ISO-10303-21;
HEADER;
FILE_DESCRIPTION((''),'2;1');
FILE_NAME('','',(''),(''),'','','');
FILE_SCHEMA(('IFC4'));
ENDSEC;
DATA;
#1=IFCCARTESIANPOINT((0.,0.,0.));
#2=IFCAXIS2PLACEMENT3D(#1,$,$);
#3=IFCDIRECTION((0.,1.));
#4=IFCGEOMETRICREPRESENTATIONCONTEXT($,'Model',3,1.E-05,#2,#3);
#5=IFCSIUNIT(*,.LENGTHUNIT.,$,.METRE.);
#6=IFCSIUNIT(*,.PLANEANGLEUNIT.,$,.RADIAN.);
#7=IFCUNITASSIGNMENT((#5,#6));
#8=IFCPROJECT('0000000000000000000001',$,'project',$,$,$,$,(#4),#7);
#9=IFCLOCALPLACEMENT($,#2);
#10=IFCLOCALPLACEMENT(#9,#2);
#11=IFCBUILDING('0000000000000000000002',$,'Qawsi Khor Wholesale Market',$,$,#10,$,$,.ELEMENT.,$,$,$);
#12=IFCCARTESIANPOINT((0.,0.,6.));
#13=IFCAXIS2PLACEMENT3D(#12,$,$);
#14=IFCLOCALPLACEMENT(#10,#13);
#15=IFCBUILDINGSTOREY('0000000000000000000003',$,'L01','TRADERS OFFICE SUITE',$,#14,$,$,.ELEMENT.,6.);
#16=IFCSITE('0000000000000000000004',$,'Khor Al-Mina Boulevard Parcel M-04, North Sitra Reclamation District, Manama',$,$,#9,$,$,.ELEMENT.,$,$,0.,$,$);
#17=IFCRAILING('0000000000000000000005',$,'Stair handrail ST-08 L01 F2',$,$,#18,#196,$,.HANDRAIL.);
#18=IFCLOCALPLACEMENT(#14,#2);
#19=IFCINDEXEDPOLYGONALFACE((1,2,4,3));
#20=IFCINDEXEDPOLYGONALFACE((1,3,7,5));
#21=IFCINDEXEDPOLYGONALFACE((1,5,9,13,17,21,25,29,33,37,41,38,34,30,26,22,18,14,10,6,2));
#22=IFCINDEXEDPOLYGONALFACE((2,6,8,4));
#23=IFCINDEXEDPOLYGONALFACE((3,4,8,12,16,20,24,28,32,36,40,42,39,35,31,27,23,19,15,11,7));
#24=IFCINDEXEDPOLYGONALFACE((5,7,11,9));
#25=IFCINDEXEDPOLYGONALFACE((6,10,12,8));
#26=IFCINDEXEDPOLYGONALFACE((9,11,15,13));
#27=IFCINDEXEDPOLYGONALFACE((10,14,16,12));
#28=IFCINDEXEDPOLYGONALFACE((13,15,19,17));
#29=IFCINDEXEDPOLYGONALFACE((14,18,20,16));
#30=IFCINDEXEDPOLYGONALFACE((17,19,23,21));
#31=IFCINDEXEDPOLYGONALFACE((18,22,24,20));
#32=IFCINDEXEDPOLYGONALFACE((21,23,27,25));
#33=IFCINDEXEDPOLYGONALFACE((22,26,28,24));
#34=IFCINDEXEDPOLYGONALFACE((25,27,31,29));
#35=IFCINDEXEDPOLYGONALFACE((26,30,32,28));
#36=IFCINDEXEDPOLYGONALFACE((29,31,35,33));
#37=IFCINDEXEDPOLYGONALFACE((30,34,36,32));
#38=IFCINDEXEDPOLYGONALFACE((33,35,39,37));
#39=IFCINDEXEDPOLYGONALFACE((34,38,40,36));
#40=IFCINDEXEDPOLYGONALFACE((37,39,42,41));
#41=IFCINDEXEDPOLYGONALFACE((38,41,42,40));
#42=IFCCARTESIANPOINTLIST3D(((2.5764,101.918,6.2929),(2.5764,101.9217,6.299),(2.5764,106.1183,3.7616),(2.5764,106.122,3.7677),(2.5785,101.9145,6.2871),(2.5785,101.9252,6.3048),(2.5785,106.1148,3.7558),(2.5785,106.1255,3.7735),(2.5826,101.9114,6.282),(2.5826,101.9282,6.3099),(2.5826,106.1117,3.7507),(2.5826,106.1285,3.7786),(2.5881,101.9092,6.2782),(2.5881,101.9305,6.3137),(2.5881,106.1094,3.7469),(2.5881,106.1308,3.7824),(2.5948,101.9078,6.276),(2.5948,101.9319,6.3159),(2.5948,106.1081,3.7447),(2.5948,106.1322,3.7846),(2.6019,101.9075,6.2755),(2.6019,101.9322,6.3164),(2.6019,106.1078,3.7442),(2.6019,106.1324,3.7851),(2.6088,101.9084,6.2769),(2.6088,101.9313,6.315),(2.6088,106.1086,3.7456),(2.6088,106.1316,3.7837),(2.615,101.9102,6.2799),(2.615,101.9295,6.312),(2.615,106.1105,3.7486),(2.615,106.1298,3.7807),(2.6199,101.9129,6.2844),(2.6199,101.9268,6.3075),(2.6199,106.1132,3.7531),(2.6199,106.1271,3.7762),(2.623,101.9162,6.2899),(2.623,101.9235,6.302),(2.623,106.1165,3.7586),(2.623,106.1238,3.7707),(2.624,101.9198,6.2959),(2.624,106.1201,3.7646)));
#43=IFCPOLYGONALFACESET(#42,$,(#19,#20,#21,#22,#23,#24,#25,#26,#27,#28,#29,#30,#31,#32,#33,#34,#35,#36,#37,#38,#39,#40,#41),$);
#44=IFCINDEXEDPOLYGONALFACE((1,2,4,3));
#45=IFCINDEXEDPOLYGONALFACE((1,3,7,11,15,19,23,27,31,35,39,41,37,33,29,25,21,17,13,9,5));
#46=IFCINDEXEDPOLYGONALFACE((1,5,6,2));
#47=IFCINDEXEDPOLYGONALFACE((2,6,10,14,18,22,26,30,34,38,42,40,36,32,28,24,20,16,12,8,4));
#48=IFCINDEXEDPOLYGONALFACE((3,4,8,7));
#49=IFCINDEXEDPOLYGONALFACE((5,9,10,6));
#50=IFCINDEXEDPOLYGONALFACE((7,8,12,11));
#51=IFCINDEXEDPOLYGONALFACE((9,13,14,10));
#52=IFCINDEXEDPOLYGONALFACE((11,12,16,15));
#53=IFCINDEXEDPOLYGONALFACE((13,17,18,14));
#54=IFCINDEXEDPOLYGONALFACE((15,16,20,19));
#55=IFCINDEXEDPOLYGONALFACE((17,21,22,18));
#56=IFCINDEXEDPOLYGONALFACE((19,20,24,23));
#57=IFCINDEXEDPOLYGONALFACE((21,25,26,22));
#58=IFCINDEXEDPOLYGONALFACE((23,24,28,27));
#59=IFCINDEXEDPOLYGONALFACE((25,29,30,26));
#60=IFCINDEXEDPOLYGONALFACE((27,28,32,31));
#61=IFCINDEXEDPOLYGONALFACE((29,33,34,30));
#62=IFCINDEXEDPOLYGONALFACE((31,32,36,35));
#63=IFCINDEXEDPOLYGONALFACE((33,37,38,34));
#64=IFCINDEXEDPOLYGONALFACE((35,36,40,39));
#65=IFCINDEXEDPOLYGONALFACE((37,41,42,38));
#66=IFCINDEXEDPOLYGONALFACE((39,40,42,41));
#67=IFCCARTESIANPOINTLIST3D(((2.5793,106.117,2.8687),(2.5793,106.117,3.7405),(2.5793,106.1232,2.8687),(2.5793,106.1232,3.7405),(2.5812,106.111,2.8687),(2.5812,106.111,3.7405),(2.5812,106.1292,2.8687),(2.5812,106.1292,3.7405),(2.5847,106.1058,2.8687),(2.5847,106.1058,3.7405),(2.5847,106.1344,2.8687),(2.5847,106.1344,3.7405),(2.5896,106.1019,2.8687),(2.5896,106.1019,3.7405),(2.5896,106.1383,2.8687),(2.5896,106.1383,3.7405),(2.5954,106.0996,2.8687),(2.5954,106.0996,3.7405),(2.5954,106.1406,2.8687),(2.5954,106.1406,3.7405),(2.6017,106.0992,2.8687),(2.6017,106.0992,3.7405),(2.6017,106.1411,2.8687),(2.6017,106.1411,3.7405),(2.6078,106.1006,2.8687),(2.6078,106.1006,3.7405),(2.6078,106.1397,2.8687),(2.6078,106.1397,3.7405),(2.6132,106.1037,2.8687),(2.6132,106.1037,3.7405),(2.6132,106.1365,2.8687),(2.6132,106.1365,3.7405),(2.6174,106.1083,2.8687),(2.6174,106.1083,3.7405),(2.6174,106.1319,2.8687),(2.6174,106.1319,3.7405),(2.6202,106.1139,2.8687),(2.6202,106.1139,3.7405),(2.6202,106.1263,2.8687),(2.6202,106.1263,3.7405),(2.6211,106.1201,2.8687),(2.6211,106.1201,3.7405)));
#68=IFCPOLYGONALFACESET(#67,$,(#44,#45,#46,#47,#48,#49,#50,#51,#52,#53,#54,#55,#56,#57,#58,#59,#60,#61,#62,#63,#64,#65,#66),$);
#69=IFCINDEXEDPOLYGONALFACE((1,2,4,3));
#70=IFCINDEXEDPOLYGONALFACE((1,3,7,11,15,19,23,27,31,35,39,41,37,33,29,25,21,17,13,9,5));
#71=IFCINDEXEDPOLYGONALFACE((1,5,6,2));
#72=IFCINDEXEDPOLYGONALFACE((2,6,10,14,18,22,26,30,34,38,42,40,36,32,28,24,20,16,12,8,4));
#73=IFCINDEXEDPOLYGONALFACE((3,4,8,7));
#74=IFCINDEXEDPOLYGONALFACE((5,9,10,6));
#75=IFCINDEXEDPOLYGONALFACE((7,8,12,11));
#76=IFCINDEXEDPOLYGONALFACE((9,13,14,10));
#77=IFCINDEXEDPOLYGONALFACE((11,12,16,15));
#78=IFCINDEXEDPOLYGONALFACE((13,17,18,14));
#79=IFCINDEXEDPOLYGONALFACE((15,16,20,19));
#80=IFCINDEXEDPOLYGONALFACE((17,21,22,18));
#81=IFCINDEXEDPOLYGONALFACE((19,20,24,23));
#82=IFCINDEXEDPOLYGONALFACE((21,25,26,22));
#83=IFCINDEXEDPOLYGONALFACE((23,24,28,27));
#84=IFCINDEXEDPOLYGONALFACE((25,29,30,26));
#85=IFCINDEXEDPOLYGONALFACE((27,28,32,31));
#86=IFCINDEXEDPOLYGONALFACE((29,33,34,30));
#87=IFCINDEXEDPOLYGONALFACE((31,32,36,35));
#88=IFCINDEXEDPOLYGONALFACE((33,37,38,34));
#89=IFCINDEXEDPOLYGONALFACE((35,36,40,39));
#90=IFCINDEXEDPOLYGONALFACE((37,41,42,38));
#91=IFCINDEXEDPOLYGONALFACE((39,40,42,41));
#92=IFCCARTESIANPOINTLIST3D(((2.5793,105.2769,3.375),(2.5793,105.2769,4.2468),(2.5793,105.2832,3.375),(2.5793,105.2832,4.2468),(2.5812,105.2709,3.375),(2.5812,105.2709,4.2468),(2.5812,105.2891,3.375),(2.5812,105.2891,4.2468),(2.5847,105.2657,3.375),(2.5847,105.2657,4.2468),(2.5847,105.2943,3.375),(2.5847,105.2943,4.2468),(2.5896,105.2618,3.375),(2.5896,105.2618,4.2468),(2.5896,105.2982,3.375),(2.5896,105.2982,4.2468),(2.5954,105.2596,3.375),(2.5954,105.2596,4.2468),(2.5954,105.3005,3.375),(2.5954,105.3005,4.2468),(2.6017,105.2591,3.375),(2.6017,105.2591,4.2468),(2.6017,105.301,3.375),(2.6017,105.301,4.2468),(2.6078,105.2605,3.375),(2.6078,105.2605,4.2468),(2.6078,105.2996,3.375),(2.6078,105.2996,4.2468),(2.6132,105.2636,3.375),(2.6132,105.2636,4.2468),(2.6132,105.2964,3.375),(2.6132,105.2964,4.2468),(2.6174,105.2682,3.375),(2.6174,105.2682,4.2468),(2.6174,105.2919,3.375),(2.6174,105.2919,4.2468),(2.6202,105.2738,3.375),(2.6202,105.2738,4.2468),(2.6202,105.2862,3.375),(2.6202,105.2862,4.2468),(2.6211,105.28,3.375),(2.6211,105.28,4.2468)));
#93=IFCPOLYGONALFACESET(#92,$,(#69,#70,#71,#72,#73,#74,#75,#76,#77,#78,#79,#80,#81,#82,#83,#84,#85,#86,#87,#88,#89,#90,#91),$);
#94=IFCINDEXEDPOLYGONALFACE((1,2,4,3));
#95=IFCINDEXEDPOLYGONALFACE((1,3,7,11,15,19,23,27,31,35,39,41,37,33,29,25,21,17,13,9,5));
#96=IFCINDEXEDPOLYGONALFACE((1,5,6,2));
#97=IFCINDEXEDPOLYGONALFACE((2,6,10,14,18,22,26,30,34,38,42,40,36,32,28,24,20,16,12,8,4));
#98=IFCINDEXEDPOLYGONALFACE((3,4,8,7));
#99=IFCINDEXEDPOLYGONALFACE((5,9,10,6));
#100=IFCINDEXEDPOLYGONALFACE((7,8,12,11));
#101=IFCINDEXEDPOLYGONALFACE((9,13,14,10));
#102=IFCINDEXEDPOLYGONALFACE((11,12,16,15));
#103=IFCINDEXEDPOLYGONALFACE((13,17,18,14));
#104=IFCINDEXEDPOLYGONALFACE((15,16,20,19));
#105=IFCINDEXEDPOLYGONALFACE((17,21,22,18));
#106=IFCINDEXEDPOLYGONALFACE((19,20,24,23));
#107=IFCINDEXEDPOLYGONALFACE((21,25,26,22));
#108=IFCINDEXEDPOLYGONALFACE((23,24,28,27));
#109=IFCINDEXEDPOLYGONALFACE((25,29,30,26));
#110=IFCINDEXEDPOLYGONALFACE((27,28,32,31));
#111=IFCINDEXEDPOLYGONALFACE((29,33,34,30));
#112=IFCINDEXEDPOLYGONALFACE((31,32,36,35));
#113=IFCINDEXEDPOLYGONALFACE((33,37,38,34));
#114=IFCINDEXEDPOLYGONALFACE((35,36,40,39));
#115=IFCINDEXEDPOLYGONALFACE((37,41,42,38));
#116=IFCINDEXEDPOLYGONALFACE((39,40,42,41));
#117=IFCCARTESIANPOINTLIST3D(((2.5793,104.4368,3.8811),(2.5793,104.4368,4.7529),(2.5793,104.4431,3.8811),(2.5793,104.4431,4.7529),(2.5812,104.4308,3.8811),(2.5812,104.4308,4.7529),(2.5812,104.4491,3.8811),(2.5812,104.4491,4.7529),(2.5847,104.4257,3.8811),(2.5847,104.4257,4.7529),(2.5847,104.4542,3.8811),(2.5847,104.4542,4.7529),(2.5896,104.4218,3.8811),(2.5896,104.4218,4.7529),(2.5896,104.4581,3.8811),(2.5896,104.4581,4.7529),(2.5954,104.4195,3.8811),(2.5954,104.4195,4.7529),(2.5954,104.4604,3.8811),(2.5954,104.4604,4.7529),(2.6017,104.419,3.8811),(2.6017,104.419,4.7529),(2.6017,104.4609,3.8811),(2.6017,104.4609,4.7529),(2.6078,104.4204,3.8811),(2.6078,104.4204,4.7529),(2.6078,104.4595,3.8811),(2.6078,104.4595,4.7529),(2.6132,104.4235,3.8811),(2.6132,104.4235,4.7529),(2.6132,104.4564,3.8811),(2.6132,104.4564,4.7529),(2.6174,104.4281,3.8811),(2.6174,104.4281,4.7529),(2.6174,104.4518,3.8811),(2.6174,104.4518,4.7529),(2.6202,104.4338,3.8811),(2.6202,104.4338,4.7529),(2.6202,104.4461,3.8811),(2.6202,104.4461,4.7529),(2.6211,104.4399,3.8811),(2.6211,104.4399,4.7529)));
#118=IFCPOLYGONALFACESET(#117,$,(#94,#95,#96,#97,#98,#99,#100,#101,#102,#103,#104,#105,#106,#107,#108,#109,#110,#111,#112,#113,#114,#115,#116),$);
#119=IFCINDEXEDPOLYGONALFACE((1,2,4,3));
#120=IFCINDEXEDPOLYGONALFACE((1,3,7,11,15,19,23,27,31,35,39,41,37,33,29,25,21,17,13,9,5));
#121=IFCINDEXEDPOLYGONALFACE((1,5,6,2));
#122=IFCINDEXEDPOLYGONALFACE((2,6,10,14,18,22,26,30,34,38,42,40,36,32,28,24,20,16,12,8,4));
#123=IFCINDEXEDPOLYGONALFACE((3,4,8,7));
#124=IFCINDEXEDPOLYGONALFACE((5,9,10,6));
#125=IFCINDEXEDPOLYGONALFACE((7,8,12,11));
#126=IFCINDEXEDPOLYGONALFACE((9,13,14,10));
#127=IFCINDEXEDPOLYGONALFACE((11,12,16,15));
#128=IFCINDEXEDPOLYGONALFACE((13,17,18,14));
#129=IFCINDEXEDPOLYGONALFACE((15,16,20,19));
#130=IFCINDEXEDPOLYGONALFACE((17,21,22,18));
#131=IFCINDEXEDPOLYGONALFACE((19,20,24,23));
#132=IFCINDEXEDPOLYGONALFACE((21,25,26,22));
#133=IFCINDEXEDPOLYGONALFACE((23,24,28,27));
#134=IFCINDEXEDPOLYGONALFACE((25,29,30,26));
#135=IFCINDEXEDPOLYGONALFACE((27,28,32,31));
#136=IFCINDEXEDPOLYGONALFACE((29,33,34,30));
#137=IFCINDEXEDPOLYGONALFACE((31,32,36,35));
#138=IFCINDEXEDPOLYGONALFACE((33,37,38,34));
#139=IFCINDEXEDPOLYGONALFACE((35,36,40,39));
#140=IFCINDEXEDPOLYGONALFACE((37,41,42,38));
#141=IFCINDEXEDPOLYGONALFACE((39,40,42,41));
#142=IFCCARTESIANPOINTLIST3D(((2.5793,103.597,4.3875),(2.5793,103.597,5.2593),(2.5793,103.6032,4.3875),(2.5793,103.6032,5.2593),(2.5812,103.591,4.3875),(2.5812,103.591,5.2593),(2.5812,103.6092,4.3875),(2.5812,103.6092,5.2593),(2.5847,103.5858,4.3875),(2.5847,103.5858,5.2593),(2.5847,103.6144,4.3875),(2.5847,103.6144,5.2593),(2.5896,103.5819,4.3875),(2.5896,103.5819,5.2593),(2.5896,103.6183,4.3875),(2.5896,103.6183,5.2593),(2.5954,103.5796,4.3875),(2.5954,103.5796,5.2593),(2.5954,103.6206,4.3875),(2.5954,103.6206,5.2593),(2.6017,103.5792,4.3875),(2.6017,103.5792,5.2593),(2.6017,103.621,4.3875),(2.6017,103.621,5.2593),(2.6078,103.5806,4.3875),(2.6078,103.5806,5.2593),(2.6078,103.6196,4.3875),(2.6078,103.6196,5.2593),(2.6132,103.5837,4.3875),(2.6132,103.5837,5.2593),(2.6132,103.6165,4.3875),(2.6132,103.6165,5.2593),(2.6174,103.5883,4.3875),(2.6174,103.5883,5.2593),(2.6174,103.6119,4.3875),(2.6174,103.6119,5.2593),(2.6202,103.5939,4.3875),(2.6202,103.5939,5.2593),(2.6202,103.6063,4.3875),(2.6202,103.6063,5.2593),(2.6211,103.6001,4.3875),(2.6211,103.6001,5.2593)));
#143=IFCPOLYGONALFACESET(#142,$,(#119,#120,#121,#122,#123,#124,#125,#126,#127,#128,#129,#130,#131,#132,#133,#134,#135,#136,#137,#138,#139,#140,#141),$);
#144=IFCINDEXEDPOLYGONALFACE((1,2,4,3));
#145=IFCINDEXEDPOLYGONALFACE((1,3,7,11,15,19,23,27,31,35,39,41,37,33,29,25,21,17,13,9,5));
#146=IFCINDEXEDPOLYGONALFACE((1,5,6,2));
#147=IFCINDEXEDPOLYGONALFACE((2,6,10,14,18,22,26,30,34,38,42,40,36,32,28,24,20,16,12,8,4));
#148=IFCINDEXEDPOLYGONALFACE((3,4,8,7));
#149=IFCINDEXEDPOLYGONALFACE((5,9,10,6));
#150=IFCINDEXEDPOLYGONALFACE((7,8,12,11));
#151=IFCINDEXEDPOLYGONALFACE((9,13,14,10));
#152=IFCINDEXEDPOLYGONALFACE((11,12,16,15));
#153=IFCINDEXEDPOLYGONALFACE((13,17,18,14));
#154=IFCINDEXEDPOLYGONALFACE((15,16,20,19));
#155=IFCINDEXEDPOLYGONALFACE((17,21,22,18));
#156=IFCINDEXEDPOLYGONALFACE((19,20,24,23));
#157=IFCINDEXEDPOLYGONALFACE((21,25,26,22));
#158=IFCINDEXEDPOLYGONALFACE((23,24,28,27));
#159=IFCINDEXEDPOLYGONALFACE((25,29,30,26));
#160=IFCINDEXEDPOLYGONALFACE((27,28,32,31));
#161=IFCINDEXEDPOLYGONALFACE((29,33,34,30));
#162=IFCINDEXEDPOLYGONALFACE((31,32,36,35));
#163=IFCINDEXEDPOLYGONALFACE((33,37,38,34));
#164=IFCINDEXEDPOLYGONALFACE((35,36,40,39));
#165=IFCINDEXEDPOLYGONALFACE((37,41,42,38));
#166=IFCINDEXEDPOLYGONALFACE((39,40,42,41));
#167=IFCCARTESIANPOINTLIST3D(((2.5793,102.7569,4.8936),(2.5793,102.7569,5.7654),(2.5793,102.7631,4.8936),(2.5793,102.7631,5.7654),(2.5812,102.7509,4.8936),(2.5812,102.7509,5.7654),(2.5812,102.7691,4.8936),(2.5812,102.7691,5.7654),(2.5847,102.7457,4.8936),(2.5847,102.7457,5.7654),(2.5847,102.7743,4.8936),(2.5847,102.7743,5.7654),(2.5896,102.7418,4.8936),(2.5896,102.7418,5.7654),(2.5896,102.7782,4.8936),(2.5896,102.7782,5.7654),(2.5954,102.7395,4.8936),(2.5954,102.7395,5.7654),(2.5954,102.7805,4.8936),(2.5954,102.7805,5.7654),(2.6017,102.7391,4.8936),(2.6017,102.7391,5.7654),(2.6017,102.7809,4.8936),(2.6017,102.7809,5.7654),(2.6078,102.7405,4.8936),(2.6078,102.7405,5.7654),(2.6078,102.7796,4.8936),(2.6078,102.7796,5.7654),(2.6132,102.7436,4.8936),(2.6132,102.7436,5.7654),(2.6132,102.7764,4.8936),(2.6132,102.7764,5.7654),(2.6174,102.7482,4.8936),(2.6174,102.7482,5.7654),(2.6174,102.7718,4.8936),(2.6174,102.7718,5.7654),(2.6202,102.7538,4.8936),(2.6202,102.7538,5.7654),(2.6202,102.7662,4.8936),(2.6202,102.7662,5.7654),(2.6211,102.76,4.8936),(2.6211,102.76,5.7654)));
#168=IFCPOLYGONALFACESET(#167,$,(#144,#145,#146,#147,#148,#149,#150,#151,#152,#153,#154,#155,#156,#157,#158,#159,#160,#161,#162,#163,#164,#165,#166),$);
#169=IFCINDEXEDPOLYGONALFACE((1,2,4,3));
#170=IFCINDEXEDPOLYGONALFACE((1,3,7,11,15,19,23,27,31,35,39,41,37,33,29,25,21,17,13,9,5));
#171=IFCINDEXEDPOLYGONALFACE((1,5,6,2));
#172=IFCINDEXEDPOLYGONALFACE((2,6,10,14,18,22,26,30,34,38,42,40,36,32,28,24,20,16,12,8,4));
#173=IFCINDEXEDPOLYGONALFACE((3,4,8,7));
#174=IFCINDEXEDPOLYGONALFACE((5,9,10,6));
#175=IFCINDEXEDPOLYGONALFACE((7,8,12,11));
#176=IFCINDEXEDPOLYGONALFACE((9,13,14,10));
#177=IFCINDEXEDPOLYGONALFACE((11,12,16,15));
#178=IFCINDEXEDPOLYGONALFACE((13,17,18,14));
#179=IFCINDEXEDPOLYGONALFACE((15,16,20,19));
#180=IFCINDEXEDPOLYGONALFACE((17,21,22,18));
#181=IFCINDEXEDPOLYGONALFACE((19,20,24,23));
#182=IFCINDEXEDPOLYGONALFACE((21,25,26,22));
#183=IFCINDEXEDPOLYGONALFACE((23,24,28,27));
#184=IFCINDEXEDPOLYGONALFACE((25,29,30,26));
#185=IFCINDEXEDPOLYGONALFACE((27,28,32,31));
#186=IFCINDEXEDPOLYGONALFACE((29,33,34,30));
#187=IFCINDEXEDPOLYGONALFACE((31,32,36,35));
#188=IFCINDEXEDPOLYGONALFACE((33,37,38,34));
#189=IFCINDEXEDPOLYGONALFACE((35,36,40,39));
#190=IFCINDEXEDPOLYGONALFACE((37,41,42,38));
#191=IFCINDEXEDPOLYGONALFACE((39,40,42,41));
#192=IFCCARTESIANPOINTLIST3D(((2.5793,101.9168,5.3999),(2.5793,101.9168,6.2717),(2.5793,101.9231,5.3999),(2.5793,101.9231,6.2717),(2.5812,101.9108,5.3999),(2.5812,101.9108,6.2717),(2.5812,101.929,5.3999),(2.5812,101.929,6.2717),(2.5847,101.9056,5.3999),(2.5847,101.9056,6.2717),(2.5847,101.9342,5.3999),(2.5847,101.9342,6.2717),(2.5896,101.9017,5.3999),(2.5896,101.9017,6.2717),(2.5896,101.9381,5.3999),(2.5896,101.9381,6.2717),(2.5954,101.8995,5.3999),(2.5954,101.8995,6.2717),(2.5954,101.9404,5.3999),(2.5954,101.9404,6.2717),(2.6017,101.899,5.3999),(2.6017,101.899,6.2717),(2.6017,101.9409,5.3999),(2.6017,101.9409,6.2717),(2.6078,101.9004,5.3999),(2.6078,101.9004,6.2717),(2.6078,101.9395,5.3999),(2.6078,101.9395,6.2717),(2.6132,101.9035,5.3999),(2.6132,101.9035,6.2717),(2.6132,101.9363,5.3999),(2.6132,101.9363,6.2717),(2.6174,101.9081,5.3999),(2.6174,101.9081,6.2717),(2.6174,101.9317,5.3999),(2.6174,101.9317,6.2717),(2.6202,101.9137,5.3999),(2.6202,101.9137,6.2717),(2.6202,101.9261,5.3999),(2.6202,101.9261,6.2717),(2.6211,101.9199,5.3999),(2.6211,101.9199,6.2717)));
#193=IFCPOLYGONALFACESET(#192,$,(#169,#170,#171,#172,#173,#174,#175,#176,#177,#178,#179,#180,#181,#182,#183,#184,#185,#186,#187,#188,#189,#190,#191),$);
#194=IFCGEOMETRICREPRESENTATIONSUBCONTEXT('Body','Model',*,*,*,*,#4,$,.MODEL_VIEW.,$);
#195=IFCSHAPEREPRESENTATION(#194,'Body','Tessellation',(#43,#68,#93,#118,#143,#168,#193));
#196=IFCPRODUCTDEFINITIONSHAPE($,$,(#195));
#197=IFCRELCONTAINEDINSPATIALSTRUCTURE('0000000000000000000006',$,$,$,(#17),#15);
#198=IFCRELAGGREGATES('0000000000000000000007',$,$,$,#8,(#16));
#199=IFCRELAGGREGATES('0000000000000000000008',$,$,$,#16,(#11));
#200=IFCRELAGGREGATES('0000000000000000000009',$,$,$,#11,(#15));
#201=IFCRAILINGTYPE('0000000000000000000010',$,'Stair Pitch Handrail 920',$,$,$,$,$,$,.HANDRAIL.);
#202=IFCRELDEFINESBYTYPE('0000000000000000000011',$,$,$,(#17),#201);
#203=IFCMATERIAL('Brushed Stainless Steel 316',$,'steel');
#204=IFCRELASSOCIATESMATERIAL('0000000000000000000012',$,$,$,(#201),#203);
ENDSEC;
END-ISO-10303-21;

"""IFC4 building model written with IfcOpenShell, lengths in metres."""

from ifc_helpers import new_model, si_unit, direction, frame, origin, origin_2d, place, context, subcontext, project, spatial, circle, extrude, material, type_object, element, save


model = new_model("IFC4")

# Units and contexts
model_context = context("Model", 3, precision=1e-05, world=origin(), true_north=direction((0.0, 1.0)))
body_context = subcontext(model_context, "Body", "Model", "MODEL_VIEW")
ifc_project = project(units=[si_unit("LENGTHUNIT", "METRE"), si_unit("PLANEANGLEUNIT", "RADIAN")], contexts=[model_context])

# Site, building, storey
site_placement = place(None, origin())
site = spatial("IfcSite", under=ifc_project, at=site_placement, Name="Khor Al-Mina Boulevard Parcel M-04, North Sitra Reclamation District, Manama", CompositionType="ELEMENT", RefElevation=0.0)
building_placement = place(site_placement, origin())
building = spatial("IfcBuilding", under=site, at=building_placement, Name="Qawsi Khor Wholesale Market", CompositionType="ELEMENT")
storey_placement = place(building_placement, frame((0.0, 0.0, 6.0)))
storey = spatial("IfcBuildingStorey", under=building, at=storey_placement, Name="L01", Description="TRADERS OFFICE SUITE", CompositionType="ELEMENT", Elevation=6.0)

# Railing
ifc_material_1 = material(Name="Brushed Stainless Steel 316", Category="steel")
railing_type_1 = type_object("IfcRailingType", Name="Stair Pitch Handrail 920", PredefinedType="HANDRAIL", material=ifc_material_1)
railing_1_placement = place(storey_placement, frame((2.6001, 106.1201, 2.8687)))
element("IfcRailing", 1, at=railing_1_placement, inside=storey, type_object=railing_type_1, Name="Stair handrail ST-08 L01 F2", PredefinedType="HANDRAIL", context=body_context, shape_type="SweptSolid", body=[
    extrude(circle(Radius=0.0239, at=origin_2d()), frame((0.0, 0.0, 0.896), z_axis=(0.0, -0.85649, 0.516164), x_axis=(1.0, 0.0, 0.0)), (0.0, 0.0, 1.0), 4.9041),
    extrude(circle(Radius=0.021, at=origin_2d()), origin(), (0.0, 0.0, 1.0), 0.8718),
    extrude(circle(Radius=0.021, at=origin_2d()), frame((0.0, -0.8401, 0.5063)), (0.0, 0.0, 1.0), 0.8718),
    extrude(circle(Radius=0.021, at=origin_2d()), frame((0.0, -1.6802, 1.0125)), (0.0, 0.0, 1.0), 0.8718),
    extrude(circle(Radius=0.021, at=origin_2d()), frame((0.0, -2.52, 1.5188)), (0.0, 0.0, 1.0), 0.8718),
    extrude(circle(Radius=0.021, at=origin_2d()), frame((0.0, -3.3601, 2.0249)), (0.0, 0.0, 1.0), 0.8718),
    extrude(circle(Radius=0.021, at=origin_2d()), frame((0.0, -4.2002, 2.5312)), (0.0, 0.0, 1.0), 0.8718),
])

save(model, "model.ifc")
